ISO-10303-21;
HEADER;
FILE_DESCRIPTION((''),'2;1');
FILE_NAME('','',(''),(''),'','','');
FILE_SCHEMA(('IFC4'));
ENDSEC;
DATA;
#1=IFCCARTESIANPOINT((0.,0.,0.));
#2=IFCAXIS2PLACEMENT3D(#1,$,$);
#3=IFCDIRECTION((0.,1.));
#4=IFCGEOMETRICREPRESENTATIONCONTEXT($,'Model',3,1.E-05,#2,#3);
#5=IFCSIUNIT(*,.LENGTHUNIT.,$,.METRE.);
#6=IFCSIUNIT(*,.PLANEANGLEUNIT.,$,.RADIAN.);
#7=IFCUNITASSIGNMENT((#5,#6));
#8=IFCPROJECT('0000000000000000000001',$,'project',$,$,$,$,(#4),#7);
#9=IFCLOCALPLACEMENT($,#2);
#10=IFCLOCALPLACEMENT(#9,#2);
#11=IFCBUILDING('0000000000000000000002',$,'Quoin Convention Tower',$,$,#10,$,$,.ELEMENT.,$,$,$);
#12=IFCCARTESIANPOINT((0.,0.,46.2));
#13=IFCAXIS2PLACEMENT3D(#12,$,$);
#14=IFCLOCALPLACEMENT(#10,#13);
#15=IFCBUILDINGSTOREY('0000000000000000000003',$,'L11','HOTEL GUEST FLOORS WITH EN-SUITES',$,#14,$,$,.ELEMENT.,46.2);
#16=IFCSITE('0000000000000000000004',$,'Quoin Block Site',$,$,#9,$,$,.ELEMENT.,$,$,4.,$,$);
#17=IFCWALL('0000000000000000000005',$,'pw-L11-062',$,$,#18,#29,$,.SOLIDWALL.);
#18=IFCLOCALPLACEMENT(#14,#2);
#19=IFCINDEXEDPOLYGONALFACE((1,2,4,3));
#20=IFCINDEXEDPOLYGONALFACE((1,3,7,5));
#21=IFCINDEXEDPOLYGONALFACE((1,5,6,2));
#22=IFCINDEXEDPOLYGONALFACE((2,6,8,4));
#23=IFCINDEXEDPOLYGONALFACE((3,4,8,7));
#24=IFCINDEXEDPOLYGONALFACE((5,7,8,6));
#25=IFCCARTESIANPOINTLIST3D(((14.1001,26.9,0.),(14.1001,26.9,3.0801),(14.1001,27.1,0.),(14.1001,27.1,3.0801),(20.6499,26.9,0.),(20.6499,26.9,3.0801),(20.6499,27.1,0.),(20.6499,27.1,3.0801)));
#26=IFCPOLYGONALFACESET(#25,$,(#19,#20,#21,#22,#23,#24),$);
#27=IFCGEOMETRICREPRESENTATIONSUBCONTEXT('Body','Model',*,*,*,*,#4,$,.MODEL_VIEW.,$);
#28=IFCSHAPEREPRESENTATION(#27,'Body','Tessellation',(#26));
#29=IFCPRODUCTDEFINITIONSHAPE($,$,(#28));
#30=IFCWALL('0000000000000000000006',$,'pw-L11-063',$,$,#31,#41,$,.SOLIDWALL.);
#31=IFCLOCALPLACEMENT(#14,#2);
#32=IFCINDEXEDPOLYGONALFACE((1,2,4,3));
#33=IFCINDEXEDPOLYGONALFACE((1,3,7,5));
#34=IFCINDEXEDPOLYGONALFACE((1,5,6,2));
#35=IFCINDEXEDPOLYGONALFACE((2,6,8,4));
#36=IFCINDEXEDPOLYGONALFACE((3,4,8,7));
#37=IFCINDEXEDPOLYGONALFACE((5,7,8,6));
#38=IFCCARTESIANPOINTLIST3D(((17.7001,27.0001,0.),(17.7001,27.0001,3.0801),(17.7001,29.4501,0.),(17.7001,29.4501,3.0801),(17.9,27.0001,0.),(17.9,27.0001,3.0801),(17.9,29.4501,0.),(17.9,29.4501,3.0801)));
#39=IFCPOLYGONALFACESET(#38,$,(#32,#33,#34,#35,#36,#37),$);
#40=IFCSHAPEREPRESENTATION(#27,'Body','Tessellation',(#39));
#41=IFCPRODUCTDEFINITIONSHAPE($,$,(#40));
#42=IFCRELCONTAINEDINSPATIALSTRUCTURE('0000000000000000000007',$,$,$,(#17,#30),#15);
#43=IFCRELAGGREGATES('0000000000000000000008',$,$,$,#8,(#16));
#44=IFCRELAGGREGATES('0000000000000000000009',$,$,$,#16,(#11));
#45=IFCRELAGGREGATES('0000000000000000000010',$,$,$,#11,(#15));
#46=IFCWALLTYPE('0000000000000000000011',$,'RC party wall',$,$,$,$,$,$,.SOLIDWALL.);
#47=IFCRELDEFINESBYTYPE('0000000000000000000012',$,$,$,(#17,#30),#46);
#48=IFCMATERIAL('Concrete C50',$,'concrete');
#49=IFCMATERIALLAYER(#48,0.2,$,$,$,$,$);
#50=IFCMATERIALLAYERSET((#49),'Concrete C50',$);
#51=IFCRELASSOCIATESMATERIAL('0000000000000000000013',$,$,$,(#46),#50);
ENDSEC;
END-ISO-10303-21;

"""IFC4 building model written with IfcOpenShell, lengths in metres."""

from ifc_helpers import new_model, si_unit, direction, frame, frame_2d, origin, place, context, subcontext, project, spatial, rectangle, extrude, material, layer, layer_set, type_object, element, save


model = new_model("IFC4")

# Units and contexts
model_context = context("Model", 3, precision=1e-05, world=origin(), true_north=direction((0.0, 1.0)))
body_context = subcontext(model_context, "Body", "Model", "MODEL_VIEW")
ifc_project = project(units=[si_unit("LENGTHUNIT", "METRE"), si_unit("PLANEANGLEUNIT", "RADIAN")], contexts=[model_context])

# Site, building, storey
site_placement = place(None, origin())
site = spatial("IfcSite", under=ifc_project, at=site_placement, Name="Quoin Block Site", CompositionType="ELEMENT", RefElevation=4.0)
building_placement = place(site_placement, origin())
building = spatial("IfcBuilding", under=site, at=building_placement, Name="Quoin Convention Tower", CompositionType="ELEMENT")
storey_placement = place(building_placement, frame((0.0, 0.0, 46.2)))
storey = spatial("IfcBuildingStorey", under=building, at=storey_placement, Name="L11", Description="HOTEL GUEST FLOORS WITH EN-SUITES", CompositionType="ELEMENT", Elevation=46.2)

# Shared definitions
ifc_material_1 = material(Name="Concrete C50", Category="concrete")

# Shared definitions
ifc_layer_1 = layer(ifc_material_1, 0.2)
ifc_layer_set_1 = layer_set([ifc_layer_1], Name="Concrete C50")
wall_type_1 = type_object("IfcWallType", Name="RC party wall", PredefinedType="SOLIDWALL", material=ifc_layer_set_1)

# Walls
wall_1_placement = place(storey_placement, frame((14.1001, 27.0, 0.0), z_axis=(0.0, 0.0, 1.0), x_axis=(1.0, 0.0, 0.0)))
element("IfcWall", 1, at=wall_1_placement, inside=storey, type_object=wall_type_1, Name="pw-L11-062", PredefinedType="SOLIDWALL", context=body_context, shape_type="SweptSolid", body=[
    extrude(rectangle(XDim=6.5498, YDim=0.2, at=frame_2d((3.2749, 0.0))), origin(), (0.0, 0.0, 1.0), 3.0801),
])
wall_2_placement = place(storey_placement, frame((17.8, 27.0, 0.0), z_axis=(0.0, 0.0, 1.0), x_axis=(0.0, 1.0, 0.0)))
element("IfcWall", 2, at=wall_2_placement, inside=storey, type_object=wall_type_1, Name="pw-L11-063", PredefinedType="SOLIDWALL", context=body_context, shape_type="SweptSolid", body=[
    extrude(rectangle(XDim=2.45, YDim=0.2, at=frame_2d((1.2251, 0.0))), origin(), (0.0, 0.0, 1.0), 3.0801),
])

save(model, "model.ifc")
